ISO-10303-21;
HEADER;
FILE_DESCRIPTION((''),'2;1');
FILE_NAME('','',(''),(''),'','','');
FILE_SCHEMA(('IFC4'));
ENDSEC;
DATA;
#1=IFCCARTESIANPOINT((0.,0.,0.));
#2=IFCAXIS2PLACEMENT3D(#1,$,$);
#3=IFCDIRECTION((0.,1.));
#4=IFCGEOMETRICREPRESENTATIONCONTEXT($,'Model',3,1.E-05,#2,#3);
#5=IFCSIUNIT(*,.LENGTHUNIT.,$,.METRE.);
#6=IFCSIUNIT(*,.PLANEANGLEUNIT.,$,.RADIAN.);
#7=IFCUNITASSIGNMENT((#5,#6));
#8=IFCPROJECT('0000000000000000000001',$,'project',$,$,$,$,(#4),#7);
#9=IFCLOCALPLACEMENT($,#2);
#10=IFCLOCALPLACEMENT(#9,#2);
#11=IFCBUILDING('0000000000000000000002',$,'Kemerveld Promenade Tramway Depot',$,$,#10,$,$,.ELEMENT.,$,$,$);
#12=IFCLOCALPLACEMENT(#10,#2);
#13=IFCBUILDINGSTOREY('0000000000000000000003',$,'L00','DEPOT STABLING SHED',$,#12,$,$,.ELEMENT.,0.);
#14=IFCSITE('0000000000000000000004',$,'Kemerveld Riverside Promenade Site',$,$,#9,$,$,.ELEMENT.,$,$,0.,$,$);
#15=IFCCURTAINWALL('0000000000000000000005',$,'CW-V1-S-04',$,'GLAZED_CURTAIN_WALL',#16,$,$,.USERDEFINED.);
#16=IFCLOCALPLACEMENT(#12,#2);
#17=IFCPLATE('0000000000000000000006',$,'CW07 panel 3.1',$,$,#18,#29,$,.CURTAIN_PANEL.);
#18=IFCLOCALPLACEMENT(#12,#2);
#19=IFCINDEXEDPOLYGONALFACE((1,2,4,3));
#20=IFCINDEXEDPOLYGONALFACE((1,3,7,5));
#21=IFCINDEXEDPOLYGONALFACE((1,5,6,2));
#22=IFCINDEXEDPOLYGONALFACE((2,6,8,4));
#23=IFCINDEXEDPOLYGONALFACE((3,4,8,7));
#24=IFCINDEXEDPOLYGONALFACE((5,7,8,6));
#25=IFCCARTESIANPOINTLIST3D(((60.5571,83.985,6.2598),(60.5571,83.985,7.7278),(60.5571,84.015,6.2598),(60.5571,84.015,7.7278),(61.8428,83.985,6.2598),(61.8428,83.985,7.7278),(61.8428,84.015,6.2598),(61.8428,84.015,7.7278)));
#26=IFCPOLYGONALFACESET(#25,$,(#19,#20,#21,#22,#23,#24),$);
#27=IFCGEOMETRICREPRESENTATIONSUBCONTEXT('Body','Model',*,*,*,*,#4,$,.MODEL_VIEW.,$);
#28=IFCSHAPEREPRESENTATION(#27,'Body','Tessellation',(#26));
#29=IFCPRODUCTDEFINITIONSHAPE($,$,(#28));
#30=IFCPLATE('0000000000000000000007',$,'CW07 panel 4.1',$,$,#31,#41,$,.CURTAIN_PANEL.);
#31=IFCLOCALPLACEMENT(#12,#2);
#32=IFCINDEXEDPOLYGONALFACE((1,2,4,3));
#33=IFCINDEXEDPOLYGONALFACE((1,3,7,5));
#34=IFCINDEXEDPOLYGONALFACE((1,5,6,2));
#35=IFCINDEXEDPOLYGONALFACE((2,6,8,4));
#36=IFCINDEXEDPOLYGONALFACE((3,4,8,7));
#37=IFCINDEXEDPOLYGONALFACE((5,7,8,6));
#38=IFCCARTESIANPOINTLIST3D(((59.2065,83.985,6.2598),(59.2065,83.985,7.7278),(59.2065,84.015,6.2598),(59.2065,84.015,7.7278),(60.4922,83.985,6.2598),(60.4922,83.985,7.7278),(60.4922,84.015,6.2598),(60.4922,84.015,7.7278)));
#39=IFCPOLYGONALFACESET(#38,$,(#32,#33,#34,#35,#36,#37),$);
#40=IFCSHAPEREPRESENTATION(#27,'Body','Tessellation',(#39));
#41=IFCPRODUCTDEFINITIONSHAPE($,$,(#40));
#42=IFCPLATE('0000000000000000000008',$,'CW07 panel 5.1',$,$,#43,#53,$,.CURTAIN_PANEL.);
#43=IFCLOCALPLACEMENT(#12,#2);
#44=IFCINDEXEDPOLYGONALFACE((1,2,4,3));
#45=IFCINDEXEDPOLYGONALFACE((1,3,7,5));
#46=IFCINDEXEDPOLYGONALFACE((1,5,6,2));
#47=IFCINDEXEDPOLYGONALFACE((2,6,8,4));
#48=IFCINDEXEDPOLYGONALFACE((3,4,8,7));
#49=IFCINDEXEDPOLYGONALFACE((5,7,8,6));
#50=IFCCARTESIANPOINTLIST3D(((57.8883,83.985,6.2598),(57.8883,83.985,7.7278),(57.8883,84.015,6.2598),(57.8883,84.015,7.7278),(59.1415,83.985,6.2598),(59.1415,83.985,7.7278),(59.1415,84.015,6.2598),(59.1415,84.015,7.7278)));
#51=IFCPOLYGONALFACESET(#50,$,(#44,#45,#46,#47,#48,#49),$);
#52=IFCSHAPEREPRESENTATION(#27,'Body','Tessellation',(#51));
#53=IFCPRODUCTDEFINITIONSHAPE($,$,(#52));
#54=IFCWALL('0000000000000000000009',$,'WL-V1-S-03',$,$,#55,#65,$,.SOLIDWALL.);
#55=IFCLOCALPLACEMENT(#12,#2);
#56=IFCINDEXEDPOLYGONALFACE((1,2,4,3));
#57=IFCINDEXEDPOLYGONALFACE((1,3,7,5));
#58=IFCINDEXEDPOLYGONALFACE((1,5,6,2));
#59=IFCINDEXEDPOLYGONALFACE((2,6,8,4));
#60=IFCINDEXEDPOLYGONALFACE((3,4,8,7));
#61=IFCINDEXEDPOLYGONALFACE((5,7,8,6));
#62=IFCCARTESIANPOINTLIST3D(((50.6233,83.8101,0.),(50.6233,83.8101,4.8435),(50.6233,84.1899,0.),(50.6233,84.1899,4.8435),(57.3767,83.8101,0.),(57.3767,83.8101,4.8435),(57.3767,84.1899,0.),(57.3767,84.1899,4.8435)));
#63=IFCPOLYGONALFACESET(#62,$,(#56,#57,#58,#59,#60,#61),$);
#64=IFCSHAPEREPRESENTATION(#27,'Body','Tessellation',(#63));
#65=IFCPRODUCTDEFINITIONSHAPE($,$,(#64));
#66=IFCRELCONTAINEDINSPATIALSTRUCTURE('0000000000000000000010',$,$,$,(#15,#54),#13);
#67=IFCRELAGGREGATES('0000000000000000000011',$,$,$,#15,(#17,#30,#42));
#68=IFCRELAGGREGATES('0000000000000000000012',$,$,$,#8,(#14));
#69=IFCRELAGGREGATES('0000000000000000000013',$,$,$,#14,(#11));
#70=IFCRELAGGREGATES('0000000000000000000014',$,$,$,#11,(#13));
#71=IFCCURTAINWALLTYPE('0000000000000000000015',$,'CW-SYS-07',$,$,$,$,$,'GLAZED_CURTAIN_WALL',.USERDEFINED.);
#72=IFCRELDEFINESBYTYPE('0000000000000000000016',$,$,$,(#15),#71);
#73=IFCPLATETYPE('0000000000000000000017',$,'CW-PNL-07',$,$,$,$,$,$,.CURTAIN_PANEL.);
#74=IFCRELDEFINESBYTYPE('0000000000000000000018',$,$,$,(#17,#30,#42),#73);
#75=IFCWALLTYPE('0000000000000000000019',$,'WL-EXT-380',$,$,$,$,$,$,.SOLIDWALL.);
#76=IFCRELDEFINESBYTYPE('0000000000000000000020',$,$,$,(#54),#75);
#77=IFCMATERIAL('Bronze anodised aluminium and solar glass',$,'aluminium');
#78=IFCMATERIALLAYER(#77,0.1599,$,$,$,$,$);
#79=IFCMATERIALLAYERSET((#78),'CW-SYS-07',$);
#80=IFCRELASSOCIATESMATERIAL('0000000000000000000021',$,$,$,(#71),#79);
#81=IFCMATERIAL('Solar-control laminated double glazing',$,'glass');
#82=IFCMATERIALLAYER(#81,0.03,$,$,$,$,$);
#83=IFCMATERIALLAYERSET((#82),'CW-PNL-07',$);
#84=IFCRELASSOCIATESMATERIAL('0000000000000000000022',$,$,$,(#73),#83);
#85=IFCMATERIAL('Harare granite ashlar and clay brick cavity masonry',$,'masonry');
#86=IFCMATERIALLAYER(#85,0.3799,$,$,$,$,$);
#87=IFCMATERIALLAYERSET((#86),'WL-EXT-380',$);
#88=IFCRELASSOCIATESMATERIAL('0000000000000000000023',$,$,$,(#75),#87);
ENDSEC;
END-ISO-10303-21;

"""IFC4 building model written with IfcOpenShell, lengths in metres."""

from ifc_helpers import new_model, si_unit, direction, frame, frame_2d, origin, origin_2d, place, context, subcontext, project, spatial, rectangle, extrude, material, layer, layer_set, type_object, element, aggregate, save


model = new_model("IFC4")

# Units and contexts
model_context = context("Model", 3, precision=1e-05, world=origin(), true_north=direction((0.0, 1.0)))
body_context = subcontext(model_context, "Body", "Model", "MODEL_VIEW")
ifc_project = project(units=[si_unit("LENGTHUNIT", "METRE"), si_unit("PLANEANGLEUNIT", "RADIAN")], contexts=[model_context])

# Site, building, storey
site_placement = place(None, origin())
site = spatial("IfcSite", under=ifc_project, at=site_placement, Name="Kemerveld Riverside Promenade Site", CompositionType="ELEMENT", RefElevation=0.0)
building_placement = place(site_placement, origin())
building = spatial("IfcBuilding", under=site, at=building_placement, Name="Kemerveld Promenade Tramway Depot", CompositionType="ELEMENT")
storey_placement = place(building_placement, origin())
storey = spatial("IfcBuildingStorey", under=building, at=storey_placement, Name="L00", Description="DEPOT STABLING SHED", CompositionType="ELEMENT", Elevation=0.0)

# Curtain wall
ifc_material_1 = material(Name="Bronze anodised aluminium and solar glass", Category="aluminium")
ifc_layer_1 = layer(ifc_material_1, 0.1599)
ifc_layer_set_1 = layer_set([ifc_layer_1], Name="CW-SYS-07")
curtain_wall_type_1 = type_object("IfcCurtainWallType", Name="CW-SYS-07", ElementType="GLAZED_CURTAIN_WALL", PredefinedType="USERDEFINED", material=ifc_layer_set_1)
curtain_wall_1_placement = place(storey_placement, origin())
curtain_wall_1 = element("IfcCurtainWall", 1, at=curtain_wall_1_placement, inside=storey, type_object=curtain_wall_type_1, Name="CW-V1-S-04", ObjectType="GLAZED_CURTAIN_WALL", PredefinedType="USERDEFINED")

# Plates
ifc_material_2 = material(Name="Solar-control laminated double glazing", Category="glass")
ifc_layer_2 = layer(ifc_material_2, 0.03)
ifc_layer_set_2 = layer_set([ifc_layer_2], Name="CW-PNL-07")
plate_type_1 = type_object("IfcPlateType", Name="CW-PNL-07", PredefinedType="CURTAIN_PANEL", material=ifc_layer_set_2)
plate_1_placement = place(storey_placement, frame((61.2, 84.0, 6.2598), z_axis=(0.0, 0.0, 1.0), x_axis=(-1.0, 0.0, 0.0)))
plate_1 = element("IfcPlate", 2, at=plate_1_placement, type_object=plate_type_1, Name="CW07 panel 3.1", PredefinedType="CURTAIN_PANEL", context=body_context, shape_type="SweptSolid", body=[
    extrude(rectangle(XDim=1.2856, YDim=0.03, at=origin_2d()), origin(), (0.0, 0.0, 1.0), 1.468),
])
plate_2_placement = place(storey_placement, frame((59.8494, 84.0, 6.2598), z_axis=(0.0, 0.0, 1.0), x_axis=(-1.0, 0.0, 0.0)))
plate_2 = element("IfcPlate", 3, at=plate_2_placement, type_object=plate_type_1, Name="CW07 panel 4.1", PredefinedType="CURTAIN_PANEL", context=body_context, shape_type="SweptSolid", body=[
    extrude(rectangle(XDim=1.2856, YDim=0.03, at=origin_2d()), origin(), (0.0, 0.0, 1.0), 1.468),
])
plate_3_placement = place(storey_placement, frame((58.5149, 84.0, 6.2598), z_axis=(0.0, 0.0, 1.0), x_axis=(-1.0, 0.0, 0.0)))
plate_3 = element("IfcPlate", 4, at=plate_3_placement, type_object=plate_type_1, Name="CW07 panel 5.1", PredefinedType="CURTAIN_PANEL", context=body_context, shape_type="SweptSolid", body=[
    extrude(rectangle(XDim=1.2532, YDim=0.03, at=origin_2d()), origin(), (0.0, 0.0, 1.0), 1.468),
])
aggregate(curtain_wall_1, [plate_1, plate_2, plate_3])

# Wall
ifc_material_3 = material(Name="Harare granite ashlar and clay brick cavity masonry", Category="masonry")
ifc_layer_3 = layer(ifc_material_3, 0.3799)
ifc_layer_set_3 = layer_set([ifc_layer_3], Name="WL-EXT-380")
wall_type = type_object("IfcWallType", Name="WL-EXT-380", PredefinedType="SOLIDWALL", material=ifc_layer_set_3)
wall_placement = place(storey_placement, frame((57.3767, 84.0, 0.0), z_axis=(0.0, 0.0, 1.0), x_axis=(-1.0, 0.0, 0.0)))
element("IfcWall", 5, at=wall_placement, inside=storey, type_object=wall_type, Name="WL-V1-S-03", PredefinedType="SOLIDWALL", context=body_context, shape_type="SweptSolid", body=[
    extrude(rectangle(XDim=6.7534, YDim=0.3799, at=frame_2d((3.3767, 0.0))), origin(), (0.0, 0.0, 1.0), 4.8435),
])

save(model, "model.ifc")
